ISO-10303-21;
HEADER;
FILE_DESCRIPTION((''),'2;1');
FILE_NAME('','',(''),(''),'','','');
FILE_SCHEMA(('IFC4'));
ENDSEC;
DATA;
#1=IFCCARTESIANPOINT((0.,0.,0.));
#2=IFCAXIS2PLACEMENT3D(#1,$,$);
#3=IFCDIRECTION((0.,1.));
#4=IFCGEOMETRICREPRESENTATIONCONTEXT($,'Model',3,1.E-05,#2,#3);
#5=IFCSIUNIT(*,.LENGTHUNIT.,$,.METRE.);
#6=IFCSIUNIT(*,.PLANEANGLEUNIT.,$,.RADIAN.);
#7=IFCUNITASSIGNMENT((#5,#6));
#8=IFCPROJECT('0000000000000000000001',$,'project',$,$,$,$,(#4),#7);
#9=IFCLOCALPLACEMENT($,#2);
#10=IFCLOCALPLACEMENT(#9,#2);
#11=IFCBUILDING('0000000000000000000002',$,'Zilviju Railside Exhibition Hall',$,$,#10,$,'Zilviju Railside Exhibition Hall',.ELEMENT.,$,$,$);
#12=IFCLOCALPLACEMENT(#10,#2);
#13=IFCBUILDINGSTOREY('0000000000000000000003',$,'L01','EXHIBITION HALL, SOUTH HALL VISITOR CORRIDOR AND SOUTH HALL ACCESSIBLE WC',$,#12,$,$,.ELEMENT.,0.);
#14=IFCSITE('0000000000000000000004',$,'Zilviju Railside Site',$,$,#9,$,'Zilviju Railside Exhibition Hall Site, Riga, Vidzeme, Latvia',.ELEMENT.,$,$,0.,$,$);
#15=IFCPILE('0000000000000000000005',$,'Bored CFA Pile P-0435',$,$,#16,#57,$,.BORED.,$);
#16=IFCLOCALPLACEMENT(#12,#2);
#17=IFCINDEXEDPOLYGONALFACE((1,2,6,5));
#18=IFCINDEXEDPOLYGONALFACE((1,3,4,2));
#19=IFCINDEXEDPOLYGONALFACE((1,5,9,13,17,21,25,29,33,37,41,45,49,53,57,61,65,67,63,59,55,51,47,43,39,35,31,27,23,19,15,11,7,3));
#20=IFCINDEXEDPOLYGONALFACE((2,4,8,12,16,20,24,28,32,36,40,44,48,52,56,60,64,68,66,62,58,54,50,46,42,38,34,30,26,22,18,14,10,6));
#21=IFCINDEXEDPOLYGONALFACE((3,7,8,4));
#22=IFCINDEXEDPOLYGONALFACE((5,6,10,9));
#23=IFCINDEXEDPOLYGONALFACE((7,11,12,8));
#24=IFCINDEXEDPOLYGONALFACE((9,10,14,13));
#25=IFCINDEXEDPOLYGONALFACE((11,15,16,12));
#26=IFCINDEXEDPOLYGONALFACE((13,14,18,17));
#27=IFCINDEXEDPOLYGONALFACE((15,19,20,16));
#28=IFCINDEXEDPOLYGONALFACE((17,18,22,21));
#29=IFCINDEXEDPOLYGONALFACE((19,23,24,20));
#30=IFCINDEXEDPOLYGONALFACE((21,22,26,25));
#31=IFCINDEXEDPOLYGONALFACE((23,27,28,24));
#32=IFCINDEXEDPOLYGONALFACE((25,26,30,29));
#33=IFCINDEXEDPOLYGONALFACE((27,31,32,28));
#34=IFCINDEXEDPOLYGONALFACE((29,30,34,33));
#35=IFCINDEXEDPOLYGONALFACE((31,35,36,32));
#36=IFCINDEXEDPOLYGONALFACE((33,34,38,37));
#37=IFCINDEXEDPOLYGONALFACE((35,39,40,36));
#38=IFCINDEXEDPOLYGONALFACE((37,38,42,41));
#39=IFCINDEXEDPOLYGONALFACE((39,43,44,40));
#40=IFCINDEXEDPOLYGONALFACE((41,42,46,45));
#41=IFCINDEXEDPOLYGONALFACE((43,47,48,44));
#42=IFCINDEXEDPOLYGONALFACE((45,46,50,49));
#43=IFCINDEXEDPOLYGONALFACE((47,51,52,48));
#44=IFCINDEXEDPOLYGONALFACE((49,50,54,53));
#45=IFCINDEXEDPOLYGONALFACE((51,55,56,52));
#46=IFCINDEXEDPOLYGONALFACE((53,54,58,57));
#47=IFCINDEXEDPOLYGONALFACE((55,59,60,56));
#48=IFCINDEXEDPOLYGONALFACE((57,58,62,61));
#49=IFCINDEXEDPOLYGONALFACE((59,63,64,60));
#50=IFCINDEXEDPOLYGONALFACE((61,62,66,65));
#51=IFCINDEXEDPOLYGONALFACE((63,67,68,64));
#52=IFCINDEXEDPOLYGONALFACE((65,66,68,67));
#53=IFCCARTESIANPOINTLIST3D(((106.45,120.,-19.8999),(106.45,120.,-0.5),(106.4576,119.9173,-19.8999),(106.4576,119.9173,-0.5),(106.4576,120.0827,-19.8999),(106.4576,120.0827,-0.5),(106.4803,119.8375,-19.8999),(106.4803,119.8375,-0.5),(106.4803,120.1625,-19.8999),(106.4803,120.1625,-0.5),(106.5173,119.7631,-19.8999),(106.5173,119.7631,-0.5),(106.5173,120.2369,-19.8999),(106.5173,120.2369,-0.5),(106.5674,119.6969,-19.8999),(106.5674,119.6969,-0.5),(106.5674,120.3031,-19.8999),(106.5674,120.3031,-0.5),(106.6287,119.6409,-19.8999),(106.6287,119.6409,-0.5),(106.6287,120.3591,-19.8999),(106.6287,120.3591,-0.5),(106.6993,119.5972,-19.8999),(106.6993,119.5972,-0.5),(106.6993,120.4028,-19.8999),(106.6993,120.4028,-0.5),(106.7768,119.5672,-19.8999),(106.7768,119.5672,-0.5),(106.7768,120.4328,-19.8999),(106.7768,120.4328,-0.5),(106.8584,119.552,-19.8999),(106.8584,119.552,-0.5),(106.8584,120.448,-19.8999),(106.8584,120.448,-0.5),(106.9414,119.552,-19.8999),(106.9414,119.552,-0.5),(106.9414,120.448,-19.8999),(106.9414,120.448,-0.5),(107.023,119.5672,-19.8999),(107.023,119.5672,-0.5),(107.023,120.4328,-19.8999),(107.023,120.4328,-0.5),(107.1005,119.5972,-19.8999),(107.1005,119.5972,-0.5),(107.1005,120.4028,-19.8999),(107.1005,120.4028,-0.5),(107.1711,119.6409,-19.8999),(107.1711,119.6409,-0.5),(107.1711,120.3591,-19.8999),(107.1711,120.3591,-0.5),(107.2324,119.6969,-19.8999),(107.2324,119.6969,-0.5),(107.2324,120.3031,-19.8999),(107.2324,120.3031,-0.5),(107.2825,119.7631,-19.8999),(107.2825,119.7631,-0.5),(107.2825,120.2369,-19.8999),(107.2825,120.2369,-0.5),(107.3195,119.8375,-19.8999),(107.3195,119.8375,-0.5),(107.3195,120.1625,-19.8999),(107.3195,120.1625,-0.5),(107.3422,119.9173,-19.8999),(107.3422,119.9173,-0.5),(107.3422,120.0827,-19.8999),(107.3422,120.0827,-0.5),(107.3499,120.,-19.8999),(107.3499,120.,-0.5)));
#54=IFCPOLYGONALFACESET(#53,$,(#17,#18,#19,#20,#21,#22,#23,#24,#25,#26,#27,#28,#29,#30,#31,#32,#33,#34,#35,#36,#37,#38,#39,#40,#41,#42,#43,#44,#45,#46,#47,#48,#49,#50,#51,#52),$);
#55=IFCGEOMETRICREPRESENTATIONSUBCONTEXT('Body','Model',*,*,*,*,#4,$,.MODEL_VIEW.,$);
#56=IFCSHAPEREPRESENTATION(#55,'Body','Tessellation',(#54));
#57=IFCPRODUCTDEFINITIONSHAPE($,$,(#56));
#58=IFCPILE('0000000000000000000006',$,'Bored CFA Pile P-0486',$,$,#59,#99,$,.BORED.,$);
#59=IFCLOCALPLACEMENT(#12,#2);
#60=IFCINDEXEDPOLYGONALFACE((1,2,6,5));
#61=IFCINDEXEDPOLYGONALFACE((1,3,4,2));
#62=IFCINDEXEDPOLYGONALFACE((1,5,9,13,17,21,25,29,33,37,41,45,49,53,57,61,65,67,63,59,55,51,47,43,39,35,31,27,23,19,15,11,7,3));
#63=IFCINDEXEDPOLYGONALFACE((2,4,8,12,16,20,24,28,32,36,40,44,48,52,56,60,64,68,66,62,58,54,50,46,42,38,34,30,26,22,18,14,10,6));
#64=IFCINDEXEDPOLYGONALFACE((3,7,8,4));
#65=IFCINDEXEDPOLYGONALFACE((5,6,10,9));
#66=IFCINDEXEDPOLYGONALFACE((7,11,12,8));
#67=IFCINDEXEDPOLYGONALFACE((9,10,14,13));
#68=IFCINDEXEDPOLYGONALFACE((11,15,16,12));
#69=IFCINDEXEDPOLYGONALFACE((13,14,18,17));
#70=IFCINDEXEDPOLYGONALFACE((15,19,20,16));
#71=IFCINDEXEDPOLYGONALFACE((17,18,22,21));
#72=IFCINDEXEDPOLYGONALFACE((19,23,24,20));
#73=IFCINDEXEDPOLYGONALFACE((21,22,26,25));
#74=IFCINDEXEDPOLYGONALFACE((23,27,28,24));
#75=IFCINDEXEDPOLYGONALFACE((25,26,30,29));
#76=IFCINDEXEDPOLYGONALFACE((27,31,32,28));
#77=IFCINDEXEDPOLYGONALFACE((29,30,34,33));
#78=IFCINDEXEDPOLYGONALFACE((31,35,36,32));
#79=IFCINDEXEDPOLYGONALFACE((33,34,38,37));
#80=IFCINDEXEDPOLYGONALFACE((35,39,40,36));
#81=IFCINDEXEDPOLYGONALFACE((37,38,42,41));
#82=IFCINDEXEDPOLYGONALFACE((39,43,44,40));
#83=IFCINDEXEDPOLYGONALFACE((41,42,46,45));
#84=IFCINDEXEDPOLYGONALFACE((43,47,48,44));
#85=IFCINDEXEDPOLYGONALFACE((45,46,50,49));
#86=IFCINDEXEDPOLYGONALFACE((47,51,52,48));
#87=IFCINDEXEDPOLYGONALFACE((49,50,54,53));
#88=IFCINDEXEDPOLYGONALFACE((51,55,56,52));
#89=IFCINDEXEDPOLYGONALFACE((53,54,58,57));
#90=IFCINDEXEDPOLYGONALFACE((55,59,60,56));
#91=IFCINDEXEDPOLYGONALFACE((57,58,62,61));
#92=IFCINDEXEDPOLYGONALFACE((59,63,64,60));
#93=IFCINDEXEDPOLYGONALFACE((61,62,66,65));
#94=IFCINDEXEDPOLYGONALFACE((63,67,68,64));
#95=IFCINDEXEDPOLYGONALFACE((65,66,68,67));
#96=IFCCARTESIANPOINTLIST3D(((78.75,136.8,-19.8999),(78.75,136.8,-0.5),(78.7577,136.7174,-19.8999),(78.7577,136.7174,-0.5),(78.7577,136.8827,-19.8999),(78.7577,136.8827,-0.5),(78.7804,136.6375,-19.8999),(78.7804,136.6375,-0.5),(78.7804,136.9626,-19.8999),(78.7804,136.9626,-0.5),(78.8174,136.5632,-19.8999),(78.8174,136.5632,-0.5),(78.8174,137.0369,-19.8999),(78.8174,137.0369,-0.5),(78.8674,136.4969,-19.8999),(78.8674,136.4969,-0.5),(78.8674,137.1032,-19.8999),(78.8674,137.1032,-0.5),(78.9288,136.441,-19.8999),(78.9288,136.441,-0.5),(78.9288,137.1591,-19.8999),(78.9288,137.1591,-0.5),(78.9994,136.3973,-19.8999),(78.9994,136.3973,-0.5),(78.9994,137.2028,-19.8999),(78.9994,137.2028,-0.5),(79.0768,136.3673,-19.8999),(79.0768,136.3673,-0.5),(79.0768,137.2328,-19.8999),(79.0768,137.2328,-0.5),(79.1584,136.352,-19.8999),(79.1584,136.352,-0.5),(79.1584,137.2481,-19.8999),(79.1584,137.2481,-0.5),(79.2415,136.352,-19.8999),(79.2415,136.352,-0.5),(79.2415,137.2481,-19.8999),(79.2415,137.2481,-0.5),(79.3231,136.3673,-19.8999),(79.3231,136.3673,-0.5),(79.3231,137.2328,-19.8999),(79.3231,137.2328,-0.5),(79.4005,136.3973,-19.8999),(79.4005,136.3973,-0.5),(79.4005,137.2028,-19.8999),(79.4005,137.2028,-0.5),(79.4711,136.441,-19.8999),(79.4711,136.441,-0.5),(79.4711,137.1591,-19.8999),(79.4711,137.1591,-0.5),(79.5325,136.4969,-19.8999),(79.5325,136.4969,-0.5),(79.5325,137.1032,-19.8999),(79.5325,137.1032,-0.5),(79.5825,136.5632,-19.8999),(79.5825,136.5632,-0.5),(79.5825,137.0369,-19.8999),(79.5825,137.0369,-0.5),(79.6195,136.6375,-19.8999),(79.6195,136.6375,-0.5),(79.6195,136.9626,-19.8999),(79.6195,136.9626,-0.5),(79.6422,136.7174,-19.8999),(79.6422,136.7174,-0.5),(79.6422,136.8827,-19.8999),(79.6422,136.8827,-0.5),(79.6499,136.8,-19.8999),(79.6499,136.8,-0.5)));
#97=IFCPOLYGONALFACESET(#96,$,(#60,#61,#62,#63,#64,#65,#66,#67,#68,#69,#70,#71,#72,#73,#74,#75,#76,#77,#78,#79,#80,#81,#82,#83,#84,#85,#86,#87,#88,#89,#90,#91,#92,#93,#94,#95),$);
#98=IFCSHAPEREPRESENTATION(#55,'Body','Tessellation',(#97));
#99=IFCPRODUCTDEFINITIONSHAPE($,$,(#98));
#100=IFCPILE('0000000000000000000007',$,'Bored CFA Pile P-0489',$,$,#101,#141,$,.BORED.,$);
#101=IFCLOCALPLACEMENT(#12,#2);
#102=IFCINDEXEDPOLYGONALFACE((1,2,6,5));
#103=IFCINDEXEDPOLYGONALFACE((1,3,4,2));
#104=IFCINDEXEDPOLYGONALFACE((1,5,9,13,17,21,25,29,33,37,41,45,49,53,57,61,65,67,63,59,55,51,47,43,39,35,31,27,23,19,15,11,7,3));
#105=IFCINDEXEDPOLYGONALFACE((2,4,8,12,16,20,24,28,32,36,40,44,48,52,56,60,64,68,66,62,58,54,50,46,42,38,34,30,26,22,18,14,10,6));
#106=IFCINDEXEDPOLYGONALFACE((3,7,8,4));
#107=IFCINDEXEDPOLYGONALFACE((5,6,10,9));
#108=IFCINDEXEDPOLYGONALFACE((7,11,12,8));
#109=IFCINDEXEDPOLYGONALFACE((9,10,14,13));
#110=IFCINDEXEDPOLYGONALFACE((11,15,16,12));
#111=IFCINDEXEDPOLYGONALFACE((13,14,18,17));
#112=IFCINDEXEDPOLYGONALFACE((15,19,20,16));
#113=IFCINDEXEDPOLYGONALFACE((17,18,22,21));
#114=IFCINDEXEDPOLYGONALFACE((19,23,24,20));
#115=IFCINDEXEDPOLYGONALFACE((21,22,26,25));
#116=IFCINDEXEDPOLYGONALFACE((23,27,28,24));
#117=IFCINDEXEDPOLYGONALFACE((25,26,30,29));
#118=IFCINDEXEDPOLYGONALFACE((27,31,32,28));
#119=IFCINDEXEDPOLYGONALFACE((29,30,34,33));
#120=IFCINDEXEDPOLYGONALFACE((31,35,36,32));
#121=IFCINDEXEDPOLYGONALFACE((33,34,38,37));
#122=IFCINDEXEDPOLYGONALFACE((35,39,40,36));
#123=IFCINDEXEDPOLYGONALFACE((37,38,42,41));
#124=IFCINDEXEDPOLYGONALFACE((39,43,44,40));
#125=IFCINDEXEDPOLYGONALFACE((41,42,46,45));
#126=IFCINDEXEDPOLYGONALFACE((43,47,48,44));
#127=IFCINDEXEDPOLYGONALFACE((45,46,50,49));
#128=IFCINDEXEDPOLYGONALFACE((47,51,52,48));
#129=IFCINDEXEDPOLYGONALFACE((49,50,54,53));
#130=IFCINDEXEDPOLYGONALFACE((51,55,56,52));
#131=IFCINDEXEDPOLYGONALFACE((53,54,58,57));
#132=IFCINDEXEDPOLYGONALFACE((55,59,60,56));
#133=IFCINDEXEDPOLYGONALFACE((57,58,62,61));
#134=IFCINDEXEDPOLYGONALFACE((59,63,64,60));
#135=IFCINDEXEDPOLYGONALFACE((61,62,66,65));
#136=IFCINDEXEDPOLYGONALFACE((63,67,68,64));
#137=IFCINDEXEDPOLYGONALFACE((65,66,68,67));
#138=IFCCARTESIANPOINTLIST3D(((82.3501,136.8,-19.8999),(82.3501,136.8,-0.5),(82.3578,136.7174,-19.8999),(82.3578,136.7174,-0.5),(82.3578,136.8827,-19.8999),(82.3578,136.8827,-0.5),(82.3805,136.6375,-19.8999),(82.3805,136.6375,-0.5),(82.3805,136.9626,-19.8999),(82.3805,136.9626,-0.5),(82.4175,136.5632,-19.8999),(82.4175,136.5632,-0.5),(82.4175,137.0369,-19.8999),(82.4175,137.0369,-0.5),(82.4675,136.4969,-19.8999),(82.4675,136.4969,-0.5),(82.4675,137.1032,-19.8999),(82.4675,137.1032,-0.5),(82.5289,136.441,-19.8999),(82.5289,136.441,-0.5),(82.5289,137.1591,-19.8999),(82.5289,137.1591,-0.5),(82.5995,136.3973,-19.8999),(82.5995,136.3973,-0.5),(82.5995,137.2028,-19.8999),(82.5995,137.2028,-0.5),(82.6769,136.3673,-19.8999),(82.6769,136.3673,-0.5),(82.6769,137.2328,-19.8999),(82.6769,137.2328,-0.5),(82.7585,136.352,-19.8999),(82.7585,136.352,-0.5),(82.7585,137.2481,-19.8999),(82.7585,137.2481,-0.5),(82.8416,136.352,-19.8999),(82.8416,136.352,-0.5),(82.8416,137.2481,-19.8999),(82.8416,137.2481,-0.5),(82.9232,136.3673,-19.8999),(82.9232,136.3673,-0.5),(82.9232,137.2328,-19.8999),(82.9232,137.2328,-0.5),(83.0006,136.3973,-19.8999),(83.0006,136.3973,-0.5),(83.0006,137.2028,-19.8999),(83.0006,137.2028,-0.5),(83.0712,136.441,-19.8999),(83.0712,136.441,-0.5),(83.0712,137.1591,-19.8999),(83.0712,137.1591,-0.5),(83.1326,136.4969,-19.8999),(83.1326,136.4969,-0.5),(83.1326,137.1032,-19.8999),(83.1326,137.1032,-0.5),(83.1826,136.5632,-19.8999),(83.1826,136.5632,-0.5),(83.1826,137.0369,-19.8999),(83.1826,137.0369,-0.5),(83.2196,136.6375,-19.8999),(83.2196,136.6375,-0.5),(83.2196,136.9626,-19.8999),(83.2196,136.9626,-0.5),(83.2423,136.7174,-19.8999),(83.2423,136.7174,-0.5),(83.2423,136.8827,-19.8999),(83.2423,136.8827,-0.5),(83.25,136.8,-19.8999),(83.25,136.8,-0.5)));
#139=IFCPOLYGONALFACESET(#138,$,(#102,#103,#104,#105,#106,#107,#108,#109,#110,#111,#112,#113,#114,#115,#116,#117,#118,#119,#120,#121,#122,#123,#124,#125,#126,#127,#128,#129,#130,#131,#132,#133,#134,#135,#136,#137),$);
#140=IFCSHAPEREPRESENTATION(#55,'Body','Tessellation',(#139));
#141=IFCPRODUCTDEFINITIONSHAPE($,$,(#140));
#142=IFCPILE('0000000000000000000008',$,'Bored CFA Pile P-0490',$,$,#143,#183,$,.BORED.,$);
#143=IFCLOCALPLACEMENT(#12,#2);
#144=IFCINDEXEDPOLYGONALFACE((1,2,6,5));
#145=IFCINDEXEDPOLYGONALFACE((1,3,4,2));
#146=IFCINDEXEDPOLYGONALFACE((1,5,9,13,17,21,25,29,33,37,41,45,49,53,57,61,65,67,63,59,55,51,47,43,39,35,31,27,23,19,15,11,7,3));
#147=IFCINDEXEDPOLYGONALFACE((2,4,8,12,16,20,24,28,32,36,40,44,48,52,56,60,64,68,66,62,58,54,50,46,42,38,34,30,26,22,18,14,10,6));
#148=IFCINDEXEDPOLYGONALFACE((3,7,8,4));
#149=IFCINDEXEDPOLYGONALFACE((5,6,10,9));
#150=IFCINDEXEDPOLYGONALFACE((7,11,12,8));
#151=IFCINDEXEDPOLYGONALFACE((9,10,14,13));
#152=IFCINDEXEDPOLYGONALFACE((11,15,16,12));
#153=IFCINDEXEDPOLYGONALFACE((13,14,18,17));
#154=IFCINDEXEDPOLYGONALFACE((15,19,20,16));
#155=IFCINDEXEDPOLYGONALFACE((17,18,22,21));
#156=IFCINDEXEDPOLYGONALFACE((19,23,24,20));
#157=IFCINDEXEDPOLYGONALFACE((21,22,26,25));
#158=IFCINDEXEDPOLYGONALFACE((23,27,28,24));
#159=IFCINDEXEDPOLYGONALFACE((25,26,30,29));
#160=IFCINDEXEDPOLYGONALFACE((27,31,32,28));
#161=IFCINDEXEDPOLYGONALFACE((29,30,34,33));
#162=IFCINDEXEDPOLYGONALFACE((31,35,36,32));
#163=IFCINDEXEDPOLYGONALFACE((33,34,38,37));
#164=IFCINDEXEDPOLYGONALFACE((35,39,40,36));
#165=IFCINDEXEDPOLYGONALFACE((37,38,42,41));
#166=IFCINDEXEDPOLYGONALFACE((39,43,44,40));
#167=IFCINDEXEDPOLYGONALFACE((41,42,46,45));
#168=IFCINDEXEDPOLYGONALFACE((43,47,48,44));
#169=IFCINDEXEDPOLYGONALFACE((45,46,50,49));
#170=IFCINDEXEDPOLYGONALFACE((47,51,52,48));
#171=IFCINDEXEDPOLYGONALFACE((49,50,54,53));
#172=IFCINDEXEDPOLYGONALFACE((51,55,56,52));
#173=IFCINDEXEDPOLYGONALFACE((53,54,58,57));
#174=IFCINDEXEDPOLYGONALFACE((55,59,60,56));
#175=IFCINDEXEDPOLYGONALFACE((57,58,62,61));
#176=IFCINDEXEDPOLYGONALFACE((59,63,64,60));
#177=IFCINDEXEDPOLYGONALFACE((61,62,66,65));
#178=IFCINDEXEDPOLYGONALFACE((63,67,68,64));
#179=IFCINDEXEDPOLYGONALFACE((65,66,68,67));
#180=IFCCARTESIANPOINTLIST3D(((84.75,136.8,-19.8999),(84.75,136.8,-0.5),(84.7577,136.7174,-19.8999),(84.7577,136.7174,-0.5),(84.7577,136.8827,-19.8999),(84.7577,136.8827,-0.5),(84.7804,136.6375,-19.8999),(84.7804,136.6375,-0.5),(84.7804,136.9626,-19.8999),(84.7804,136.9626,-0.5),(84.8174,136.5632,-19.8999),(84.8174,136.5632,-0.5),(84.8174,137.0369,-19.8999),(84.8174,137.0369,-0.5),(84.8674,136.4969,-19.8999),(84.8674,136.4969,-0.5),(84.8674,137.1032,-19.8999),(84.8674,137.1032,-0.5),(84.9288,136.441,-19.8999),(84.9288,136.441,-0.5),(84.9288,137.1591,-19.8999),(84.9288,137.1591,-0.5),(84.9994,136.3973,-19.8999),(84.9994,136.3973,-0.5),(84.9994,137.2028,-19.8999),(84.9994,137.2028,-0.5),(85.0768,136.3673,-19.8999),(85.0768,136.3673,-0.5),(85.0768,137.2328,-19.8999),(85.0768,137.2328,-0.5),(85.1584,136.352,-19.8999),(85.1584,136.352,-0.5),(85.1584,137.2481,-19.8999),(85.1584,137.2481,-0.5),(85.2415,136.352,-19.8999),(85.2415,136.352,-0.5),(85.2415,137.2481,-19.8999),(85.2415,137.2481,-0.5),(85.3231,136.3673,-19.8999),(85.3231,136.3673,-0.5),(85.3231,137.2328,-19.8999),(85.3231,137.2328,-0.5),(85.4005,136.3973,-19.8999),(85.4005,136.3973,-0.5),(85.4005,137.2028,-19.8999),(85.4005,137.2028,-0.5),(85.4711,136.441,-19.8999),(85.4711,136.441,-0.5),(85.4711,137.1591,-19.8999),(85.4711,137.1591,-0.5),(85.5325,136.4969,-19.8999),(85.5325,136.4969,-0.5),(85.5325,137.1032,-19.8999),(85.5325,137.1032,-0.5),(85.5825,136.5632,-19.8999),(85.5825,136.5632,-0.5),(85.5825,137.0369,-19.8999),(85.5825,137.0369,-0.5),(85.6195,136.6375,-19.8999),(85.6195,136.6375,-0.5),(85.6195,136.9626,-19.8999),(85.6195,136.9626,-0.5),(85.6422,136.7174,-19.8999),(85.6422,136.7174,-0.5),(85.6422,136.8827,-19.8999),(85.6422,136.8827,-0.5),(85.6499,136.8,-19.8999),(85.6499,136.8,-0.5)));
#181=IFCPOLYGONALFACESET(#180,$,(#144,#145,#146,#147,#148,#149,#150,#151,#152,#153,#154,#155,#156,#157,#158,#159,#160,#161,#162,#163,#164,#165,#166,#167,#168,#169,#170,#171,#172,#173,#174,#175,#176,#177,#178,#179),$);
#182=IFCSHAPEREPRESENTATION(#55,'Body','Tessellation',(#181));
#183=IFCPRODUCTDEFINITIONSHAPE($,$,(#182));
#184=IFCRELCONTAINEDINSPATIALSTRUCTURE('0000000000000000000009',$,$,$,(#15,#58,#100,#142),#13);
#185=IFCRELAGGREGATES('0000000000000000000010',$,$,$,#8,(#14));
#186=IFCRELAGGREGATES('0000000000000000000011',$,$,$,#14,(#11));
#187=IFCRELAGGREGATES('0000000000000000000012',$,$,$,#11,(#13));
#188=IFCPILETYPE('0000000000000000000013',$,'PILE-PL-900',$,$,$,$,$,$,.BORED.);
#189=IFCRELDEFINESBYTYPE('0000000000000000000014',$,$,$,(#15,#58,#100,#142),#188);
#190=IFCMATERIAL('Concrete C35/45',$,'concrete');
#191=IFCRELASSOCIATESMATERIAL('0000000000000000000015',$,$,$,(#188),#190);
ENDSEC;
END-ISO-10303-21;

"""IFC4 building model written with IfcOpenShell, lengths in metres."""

from ifc_helpers import new_model, si_unit, direction, frame, origin, origin_2d, place, context, subcontext, project, spatial, circle, extrude, material, material_profile, profile_set, type_object, element, save


model = new_model("IFC4")

# Units and contexts
model_context = context("Model", 3, precision=1e-05, world=origin(), true_north=direction((0.0, 1.0)))
body_context = subcontext(model_context, "Body", "Model", "MODEL_VIEW")
ifc_project = project(units=[si_unit("LENGTHUNIT", "METRE"), si_unit("PLANEANGLEUNIT", "RADIAN")], contexts=[model_context])

# Site, building, storey
site_placement = place(None, origin())
site = spatial("IfcSite", under=ifc_project, at=site_placement, Name="Zilviju Railside Site", LongName="Zilviju Railside Exhibition Hall Site, Riga, Vidzeme, Latvia", CompositionType="ELEMENT", RefElevation=0.0)
building_placement = place(site_placement, origin())
building = spatial("IfcBuilding", under=site, at=building_placement, Name="Zilviju Railside Exhibition Hall", LongName="Zilviju Railside Exhibition Hall", CompositionType="ELEMENT")
storey_placement = place(building_placement, origin())
storey = spatial("IfcBuildingStorey", under=building, at=storey_placement, Name="L01", Description="EXHIBITION HALL, SOUTH HALL VISITOR CORRIDOR AND SOUTH HALL ACCESSIBLE WC", CompositionType="ELEMENT", Elevation=0.0)

# Shared definitions
ifc_material_1 = material(Name="Concrete C35/45", Category="concrete")

# Piles
ifc_material_profile_1 = material_profile(ifc_material_1, circle(Radius=0.45, at=origin_2d()), Name="CFA PILE D900")
ifc_profile_set_1 = profile_set([ifc_material_profile_1], Name="Concrete C35/45")
pile_type = type_object("IfcPileType", Name="PILE-PL-900", PredefinedType="BORED", material=ifc_profile_set_1)
for number, where, z_axis, x_axis, name in (
    (1, (106.8999, 120.0, -0.5), (0.0, 0.0, -1.0), (1.0, 0.0, 0.0), "Bored CFA Pile P-0435"),
    (2, (79.2, 136.8, -0.5), (0.0, 0.0, -1.0), (1.0, 0.0, 0.0), "Bored CFA Pile P-0486"),
    (3, (82.8, 136.8, -0.5), (0.0, 0.0, -1.0), (1.0, 0.0, 0.0), "Bored CFA Pile P-0489"),
    (4, (85.2, 136.8, -0.5), (0.0, 0.0, -1.0), (1.0, 0.0, 0.0), "Bored CFA Pile P-0490"),
):
    element("IfcPile", number, at=place(storey_placement, frame(where, z_axis=z_axis, x_axis=x_axis)), inside=storey, type_object=pile_type, Name=name, PredefinedType="BORED", context=body_context, shape_type="SweptSolid", body=[
        extrude(circle(Radius=0.45, at=origin_2d()), origin(), (0.0, 0.0, 1.0), 19.3999),
    ])

save(model, "model.ifc")
